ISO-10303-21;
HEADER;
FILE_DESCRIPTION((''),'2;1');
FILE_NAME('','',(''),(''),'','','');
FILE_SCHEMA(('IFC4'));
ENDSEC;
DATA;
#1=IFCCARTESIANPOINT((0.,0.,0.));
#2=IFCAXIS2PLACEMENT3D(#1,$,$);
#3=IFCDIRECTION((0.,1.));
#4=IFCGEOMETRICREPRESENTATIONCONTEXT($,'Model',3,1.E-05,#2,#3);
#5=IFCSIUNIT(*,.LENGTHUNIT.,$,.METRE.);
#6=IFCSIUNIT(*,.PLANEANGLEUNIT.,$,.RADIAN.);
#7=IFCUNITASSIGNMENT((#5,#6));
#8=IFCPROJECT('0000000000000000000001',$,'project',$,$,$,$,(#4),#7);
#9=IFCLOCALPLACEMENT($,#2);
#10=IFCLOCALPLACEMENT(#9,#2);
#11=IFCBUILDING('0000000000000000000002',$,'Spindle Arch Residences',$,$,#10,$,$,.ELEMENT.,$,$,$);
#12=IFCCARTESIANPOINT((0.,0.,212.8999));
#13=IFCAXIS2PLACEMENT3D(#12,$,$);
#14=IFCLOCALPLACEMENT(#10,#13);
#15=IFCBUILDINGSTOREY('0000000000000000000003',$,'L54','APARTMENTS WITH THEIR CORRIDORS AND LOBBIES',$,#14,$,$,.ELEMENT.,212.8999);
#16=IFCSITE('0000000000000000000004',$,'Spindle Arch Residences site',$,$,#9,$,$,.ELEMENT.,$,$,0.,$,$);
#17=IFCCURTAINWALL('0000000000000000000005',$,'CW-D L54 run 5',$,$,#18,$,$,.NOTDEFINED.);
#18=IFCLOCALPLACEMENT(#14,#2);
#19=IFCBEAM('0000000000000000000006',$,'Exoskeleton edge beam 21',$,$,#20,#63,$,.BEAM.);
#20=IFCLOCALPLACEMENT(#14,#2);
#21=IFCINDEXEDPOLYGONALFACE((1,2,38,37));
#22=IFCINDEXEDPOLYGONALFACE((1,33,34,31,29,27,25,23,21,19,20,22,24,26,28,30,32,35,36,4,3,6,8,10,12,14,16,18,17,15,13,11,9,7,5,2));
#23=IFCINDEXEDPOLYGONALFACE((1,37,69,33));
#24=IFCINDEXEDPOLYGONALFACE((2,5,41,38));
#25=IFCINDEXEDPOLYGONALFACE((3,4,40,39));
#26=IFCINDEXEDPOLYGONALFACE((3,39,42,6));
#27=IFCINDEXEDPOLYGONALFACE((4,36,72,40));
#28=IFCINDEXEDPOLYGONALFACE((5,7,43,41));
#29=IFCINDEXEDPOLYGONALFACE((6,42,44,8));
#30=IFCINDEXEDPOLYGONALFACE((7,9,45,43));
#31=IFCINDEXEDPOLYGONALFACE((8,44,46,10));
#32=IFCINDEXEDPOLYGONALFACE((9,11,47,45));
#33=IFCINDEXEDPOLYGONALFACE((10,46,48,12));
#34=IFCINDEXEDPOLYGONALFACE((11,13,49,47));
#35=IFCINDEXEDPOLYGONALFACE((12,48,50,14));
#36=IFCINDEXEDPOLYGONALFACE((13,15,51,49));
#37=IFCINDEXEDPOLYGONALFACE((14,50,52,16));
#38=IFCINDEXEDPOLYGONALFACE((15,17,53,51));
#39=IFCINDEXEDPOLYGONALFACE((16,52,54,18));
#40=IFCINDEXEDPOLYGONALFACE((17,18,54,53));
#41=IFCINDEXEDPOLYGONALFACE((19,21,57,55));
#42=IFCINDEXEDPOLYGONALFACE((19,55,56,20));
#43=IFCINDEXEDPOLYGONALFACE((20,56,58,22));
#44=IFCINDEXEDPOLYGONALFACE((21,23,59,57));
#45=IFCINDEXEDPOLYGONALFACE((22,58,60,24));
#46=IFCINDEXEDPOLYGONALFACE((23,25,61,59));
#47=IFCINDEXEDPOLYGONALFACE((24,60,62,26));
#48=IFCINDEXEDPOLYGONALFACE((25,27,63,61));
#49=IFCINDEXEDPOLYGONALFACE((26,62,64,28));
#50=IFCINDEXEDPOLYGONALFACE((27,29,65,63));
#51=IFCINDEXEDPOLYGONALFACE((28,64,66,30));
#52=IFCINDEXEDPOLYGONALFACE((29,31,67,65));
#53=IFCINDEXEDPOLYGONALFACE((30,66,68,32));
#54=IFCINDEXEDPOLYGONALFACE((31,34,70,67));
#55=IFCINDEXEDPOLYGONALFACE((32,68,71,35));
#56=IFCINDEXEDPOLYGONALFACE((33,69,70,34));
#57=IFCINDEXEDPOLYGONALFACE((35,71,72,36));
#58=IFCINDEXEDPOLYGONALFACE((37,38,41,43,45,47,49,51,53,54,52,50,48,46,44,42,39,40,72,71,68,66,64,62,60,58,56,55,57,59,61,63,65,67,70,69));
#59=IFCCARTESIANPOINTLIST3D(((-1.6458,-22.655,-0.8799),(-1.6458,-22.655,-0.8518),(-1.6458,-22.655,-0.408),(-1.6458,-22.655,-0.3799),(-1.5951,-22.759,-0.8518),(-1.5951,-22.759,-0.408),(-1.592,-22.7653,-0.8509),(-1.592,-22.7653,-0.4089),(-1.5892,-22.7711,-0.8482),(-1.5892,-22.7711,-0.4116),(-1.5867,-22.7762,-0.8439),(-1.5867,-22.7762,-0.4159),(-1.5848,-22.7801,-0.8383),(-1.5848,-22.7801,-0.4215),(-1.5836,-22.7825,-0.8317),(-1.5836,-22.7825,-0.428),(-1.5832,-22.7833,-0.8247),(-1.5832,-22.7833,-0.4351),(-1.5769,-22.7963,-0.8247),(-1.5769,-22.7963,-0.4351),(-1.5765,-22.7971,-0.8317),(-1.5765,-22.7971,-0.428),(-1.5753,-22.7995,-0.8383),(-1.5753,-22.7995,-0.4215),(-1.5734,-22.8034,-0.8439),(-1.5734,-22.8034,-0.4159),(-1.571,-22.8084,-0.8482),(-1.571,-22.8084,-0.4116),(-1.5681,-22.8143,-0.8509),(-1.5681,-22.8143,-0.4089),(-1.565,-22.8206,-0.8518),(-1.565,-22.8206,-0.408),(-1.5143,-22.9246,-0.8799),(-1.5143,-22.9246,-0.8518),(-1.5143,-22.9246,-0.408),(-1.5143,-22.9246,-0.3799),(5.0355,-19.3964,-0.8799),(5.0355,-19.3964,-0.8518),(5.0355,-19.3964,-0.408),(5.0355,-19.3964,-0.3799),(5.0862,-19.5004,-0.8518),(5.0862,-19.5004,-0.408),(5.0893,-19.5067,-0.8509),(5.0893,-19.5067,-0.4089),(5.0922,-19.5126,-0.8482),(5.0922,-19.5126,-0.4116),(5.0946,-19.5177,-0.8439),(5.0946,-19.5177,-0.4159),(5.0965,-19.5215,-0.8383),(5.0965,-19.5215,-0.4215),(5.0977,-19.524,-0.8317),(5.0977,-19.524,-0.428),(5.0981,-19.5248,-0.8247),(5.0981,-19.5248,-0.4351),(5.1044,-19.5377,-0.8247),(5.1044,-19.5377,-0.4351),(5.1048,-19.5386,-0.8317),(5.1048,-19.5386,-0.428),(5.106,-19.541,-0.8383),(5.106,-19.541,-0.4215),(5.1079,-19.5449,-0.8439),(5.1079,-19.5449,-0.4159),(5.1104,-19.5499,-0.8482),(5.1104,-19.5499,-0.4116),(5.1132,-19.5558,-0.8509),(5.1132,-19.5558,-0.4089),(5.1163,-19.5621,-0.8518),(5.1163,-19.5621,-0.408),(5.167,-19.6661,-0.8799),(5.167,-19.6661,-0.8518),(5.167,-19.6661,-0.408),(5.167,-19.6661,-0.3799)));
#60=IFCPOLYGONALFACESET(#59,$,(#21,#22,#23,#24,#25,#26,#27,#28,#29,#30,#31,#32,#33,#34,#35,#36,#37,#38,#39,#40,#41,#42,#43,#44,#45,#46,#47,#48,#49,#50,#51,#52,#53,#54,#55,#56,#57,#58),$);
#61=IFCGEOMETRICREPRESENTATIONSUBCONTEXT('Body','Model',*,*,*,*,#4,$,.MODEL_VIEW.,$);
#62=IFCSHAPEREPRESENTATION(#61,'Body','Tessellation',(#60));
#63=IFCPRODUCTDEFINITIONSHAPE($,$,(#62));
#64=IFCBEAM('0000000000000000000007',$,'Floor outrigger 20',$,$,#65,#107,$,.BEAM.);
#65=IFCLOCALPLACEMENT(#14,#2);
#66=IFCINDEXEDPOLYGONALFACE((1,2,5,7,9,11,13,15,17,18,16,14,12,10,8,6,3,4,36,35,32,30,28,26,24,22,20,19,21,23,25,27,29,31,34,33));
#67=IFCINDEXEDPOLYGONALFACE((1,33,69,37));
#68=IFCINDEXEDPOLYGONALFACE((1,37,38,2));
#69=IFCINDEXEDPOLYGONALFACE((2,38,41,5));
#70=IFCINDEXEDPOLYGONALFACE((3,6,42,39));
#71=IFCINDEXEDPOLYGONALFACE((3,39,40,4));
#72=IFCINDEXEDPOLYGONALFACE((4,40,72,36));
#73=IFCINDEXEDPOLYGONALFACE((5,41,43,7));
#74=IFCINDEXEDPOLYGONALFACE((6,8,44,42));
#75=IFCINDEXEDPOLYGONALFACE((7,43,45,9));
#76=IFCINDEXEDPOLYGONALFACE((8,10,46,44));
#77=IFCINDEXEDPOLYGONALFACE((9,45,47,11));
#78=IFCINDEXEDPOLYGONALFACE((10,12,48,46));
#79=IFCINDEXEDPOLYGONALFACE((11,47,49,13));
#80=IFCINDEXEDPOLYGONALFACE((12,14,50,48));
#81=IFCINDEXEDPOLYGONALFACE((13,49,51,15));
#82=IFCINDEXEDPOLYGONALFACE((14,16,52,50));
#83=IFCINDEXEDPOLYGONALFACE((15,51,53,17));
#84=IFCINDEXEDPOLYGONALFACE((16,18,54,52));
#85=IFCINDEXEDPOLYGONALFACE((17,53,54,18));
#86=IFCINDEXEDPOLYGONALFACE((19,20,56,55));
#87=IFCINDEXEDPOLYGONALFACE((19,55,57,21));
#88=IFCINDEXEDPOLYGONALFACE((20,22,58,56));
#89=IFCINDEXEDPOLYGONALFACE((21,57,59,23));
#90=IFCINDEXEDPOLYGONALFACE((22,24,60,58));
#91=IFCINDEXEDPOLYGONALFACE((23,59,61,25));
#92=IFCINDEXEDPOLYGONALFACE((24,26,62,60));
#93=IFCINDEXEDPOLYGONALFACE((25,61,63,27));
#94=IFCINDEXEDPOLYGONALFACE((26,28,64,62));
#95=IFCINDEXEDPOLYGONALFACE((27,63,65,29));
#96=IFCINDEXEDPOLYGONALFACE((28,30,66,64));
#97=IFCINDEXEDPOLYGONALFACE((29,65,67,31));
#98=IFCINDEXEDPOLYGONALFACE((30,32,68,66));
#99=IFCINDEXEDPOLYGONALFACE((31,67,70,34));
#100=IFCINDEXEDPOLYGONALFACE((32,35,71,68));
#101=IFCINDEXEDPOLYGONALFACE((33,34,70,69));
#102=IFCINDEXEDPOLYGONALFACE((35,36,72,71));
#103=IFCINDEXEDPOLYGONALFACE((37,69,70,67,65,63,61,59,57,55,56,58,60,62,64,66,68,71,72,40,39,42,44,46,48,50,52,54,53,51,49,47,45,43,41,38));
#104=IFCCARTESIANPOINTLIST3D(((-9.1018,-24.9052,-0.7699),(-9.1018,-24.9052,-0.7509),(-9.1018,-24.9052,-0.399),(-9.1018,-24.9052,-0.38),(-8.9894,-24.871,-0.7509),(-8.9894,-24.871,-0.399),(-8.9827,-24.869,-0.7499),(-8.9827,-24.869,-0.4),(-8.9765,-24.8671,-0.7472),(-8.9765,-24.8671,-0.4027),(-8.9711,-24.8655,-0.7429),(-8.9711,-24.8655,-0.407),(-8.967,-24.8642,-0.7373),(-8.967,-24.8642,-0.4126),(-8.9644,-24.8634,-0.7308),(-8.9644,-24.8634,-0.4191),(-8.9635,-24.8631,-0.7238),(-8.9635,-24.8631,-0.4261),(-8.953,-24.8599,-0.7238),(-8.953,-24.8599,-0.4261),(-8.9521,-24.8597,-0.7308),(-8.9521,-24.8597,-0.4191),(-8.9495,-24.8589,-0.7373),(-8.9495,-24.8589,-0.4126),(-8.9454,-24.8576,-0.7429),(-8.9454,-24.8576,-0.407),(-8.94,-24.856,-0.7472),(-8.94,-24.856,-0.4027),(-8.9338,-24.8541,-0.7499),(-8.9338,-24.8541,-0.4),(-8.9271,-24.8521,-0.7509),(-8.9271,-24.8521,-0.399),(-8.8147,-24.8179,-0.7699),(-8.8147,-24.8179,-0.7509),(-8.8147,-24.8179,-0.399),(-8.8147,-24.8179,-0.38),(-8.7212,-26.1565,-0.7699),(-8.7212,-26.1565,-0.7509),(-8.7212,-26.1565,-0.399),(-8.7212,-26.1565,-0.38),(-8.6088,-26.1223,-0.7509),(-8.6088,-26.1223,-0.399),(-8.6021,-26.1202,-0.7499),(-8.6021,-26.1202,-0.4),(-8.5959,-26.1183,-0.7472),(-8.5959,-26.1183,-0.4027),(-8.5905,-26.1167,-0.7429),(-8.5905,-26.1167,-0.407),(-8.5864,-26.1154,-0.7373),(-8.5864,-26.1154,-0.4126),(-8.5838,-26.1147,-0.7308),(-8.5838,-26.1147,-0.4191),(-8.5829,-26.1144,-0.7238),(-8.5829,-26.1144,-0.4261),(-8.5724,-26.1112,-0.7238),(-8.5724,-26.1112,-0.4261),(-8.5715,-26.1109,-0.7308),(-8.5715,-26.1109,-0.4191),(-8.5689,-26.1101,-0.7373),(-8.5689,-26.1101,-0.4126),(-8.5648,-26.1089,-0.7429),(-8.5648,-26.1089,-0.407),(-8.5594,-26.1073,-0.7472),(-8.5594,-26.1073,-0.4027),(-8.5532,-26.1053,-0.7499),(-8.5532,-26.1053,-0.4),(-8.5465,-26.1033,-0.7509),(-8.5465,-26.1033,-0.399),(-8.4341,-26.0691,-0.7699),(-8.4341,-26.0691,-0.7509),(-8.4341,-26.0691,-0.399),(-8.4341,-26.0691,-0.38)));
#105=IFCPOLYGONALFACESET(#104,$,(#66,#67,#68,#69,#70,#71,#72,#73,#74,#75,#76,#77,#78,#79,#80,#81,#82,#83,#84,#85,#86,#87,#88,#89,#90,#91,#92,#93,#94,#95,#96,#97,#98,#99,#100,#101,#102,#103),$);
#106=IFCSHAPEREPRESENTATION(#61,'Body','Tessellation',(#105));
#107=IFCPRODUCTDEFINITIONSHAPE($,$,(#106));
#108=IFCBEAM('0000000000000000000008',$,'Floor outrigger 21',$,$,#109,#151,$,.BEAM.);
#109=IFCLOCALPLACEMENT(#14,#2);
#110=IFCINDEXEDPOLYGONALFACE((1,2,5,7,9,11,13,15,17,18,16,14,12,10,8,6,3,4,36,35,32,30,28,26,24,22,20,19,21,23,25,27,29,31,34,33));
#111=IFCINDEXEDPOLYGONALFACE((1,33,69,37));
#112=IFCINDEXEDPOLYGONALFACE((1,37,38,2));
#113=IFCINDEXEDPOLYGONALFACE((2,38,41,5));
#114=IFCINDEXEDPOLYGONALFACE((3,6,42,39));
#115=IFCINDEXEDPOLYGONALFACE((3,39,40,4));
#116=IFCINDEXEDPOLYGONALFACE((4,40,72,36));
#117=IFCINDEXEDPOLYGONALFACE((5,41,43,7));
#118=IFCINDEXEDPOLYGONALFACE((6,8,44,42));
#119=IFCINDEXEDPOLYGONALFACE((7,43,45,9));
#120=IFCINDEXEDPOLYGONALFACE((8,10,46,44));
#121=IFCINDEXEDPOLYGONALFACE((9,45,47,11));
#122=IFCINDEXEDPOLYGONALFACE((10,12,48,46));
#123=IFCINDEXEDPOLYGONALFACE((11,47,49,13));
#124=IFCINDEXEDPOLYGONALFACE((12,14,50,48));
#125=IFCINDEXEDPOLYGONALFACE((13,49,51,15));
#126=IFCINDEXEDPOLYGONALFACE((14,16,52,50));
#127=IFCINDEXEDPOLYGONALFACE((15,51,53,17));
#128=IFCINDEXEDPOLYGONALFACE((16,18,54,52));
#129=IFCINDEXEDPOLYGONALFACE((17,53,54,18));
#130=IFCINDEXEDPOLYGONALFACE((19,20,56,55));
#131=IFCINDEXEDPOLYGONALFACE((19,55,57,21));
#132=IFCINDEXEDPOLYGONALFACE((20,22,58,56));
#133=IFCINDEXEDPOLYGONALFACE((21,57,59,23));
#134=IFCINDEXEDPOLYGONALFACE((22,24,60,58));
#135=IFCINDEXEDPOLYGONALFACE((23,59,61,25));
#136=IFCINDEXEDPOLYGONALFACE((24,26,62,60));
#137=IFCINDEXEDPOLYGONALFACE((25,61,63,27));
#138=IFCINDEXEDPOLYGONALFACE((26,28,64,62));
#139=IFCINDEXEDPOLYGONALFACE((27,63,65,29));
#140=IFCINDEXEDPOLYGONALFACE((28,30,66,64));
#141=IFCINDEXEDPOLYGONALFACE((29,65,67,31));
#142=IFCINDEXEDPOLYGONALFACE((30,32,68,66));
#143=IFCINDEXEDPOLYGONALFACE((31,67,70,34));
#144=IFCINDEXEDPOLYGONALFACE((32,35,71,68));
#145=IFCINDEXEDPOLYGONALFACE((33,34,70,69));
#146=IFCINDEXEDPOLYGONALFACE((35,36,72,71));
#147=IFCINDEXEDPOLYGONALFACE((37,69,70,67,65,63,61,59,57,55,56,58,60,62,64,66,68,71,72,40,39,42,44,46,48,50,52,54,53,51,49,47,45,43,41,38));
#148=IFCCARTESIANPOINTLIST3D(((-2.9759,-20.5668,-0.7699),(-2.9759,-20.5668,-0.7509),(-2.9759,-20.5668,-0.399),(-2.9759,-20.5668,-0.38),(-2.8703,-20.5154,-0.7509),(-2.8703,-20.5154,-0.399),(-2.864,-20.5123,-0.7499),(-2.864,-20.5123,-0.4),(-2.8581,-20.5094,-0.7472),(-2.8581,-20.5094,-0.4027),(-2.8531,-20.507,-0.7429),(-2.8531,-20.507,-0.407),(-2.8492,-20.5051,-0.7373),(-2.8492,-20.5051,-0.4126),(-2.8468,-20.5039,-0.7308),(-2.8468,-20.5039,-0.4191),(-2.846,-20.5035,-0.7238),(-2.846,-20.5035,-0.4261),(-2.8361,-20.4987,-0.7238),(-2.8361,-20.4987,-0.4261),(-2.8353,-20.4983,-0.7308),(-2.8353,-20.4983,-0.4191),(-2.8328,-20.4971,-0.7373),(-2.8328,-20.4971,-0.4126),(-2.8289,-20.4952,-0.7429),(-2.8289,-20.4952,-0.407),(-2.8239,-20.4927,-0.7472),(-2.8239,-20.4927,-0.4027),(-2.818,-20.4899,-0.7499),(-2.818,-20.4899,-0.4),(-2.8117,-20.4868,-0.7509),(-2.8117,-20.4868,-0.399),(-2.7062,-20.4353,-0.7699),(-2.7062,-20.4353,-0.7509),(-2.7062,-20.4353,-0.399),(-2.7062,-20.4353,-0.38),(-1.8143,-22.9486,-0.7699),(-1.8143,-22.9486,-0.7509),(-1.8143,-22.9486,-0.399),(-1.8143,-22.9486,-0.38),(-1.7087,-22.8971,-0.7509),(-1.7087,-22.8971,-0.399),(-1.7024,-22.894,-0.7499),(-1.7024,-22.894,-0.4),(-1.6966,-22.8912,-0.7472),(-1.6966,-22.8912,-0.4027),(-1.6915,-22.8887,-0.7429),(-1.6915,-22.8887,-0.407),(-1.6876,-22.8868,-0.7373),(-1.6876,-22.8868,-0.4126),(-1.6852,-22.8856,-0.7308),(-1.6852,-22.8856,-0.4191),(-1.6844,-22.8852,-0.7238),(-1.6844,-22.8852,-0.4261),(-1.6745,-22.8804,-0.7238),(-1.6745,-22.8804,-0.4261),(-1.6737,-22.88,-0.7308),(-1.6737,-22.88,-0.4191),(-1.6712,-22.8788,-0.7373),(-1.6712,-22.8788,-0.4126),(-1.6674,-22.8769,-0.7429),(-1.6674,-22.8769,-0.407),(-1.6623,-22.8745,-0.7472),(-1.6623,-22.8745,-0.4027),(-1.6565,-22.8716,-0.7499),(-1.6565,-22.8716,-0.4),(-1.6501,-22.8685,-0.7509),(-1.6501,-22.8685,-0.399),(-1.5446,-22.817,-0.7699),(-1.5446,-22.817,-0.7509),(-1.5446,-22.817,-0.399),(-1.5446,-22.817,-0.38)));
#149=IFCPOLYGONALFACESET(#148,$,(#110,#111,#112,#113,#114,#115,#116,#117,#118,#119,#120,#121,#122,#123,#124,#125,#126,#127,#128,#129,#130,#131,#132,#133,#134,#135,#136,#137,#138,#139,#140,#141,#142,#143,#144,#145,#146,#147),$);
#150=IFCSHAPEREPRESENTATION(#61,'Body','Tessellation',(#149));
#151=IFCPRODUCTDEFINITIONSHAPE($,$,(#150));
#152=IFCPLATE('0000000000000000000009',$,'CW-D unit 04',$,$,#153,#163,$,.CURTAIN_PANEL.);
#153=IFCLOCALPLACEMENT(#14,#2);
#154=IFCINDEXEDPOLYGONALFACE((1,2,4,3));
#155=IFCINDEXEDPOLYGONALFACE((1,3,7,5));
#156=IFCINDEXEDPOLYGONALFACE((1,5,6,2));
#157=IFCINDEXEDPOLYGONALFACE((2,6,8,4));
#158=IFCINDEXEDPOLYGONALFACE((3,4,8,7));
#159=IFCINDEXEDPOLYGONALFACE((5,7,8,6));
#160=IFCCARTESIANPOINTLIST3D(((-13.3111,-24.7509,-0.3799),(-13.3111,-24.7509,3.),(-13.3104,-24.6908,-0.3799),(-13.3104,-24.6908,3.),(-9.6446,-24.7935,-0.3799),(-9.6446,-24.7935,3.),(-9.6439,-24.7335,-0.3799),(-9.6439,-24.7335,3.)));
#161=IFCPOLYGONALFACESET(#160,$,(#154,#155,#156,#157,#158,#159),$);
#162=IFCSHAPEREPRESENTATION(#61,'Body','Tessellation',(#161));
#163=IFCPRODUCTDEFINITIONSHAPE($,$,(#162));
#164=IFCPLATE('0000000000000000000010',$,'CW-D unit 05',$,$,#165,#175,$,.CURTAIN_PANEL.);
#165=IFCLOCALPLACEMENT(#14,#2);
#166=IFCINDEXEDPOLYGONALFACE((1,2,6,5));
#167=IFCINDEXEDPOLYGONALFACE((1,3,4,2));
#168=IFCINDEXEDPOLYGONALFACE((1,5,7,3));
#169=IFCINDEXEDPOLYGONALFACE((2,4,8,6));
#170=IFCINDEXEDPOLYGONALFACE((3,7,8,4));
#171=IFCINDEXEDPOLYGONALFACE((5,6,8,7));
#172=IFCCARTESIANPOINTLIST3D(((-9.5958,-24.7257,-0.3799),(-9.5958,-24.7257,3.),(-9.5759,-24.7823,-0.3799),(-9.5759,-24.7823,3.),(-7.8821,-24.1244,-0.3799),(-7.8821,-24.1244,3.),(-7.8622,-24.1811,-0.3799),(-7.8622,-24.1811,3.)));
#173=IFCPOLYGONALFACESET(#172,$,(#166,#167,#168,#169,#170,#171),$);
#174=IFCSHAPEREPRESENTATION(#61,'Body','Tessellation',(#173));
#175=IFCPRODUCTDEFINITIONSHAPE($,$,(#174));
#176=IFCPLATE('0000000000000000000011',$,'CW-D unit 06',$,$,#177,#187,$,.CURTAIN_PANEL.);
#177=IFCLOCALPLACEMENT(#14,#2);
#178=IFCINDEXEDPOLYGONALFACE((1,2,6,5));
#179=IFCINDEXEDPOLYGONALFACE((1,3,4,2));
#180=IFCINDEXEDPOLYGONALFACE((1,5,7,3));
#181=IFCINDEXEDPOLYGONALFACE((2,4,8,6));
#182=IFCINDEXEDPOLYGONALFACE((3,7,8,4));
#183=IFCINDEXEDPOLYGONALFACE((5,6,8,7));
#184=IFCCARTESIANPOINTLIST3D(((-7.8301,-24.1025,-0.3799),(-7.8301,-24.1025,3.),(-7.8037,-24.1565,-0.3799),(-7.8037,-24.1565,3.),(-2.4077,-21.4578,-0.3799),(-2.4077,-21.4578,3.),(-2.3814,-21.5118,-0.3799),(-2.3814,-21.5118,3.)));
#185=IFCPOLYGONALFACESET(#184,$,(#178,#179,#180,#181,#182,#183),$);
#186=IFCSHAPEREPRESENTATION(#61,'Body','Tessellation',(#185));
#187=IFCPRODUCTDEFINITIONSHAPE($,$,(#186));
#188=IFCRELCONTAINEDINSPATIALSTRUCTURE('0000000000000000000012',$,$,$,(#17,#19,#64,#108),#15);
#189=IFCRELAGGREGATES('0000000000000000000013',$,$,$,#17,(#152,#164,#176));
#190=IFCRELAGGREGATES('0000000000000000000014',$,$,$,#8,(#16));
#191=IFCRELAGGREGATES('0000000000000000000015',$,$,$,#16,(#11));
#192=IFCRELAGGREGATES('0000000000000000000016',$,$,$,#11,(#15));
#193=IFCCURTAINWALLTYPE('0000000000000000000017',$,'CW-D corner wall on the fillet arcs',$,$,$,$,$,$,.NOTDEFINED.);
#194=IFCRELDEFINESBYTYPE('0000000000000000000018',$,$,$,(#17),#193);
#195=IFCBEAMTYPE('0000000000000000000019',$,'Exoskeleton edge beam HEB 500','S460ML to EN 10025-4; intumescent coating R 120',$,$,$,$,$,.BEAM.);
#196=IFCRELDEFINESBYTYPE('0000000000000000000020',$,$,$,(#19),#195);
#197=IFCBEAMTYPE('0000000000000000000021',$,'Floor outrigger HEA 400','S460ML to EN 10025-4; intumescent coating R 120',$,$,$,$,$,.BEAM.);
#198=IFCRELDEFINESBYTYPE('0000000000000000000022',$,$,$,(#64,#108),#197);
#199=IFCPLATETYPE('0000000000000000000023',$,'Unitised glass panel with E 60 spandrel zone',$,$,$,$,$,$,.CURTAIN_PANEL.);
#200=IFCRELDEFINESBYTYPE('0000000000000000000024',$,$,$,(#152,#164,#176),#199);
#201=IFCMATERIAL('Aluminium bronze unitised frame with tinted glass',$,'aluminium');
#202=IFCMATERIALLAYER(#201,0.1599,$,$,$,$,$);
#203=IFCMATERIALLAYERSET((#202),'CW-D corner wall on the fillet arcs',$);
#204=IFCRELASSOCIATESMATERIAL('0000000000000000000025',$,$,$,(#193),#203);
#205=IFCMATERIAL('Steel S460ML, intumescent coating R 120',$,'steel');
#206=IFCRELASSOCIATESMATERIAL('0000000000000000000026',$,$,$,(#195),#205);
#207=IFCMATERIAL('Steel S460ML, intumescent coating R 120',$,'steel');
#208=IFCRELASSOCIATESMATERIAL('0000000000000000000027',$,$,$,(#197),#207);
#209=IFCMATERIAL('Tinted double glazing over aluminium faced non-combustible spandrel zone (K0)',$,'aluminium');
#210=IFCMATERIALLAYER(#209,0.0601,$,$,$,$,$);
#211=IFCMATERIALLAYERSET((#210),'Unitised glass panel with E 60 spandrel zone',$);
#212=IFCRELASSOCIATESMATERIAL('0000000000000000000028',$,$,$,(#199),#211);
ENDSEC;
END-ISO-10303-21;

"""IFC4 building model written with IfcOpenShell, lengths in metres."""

from ifc_helpers import new_model, si_unit, direction, frame, origin, origin_2d, place, context, subcontext, project, spatial, rectangle, i_section, extrude, material, layer, layer_set, material_profile, profile_set, type_object, element, aggregate, save


model = new_model("IFC4")

# Units and contexts
model_context = context("Model", 3, precision=1e-05, world=origin(), true_north=direction((0.0, 1.0)))
body_context = subcontext(model_context, "Body", "Model", "MODEL_VIEW")
ifc_project = project(units=[si_unit("LENGTHUNIT", "METRE"), si_unit("PLANEANGLEUNIT", "RADIAN")], contexts=[model_context])

# Site, building, storey
site_placement = place(None, origin())
site = spatial("IfcSite", under=ifc_project, at=site_placement, Name="Spindle Arch Residences site", CompositionType="ELEMENT", RefElevation=0.0)
building_placement = place(site_placement, origin())
building = spatial("IfcBuilding", under=site, at=building_placement, Name="Spindle Arch Residences", CompositionType="ELEMENT")
storey_placement = place(building_placement, frame((0.0, 0.0, 212.8999)))
storey = spatial("IfcBuildingStorey", under=building, at=storey_placement, Name="L54", Description="APARTMENTS WITH THEIR CORRIDORS AND LOBBIES", CompositionType="ELEMENT", Elevation=212.8999)

# Curtain wall
ifc_material_1 = material(Name="Aluminium bronze unitised frame with tinted glass", Category="aluminium")
ifc_layer_1 = layer(ifc_material_1, 0.1599)
ifc_layer_set_1 = layer_set([ifc_layer_1], Name="CW-D corner wall on the fillet arcs")
curtain_wall_type_1 = type_object("IfcCurtainWallType", Name="CW-D corner wall on the fillet arcs", PredefinedType="NOTDEFINED", material=ifc_layer_set_1)
curtain_wall_1_placement = place(storey_placement, origin())
curtain_wall_1 = element("IfcCurtainWall", 1, at=curtain_wall_1_placement, inside=storey, type_object=curtain_wall_type_1, Name="CW-D L54 run 5", PredefinedType="NOTDEFINED")

# Beams
ifc_material_2 = material(Name="Steel S460ML, intumescent coating R 120", Category="steel")
ifc_material_profile_1 = material_profile(ifc_material_2, i_section(OverallWidth=0.3, OverallDepth=0.5, WebThickness=0.0144, FlangeThickness=0.0281, FilletRadius=0.0271, at=origin_2d()), Name="HEB 500")
ifc_profile_set_1 = profile_set([ifc_material_profile_1], Name="Steel S460ML, intumescent coating R 120")
beam_type_1 = type_object("IfcBeamType", Name="Exoskeleton edge beam HEB 500", Description="S460ML to EN 10025-4; intumescent coating R 120", PredefinedType="BEAM", material=ifc_profile_set_1)
beam_1_placement = place(storey_placement, frame((-1.5801, -22.7898, -0.6299), z_axis=(0.898804, 0.438351, 0.0), x_axis=(-0.438351, 0.898804, 0.0)))
element("IfcBeam", 2, at=beam_1_placement, inside=storey, type_object=beam_type_1, Name="Exoskeleton edge beam 21", PredefinedType="BEAM", context=body_context, shape_type="SweptSolid", body=[
    extrude(i_section(OverallWidth=0.3, OverallDepth=0.5, WebThickness=0.0144, FlangeThickness=0.0281, FilletRadius=0.0271, at=origin_2d()), origin(), (0.0, 0.0, 1.0), 7.4336),
])
ifc_material_3 = material(Name="Steel S460ML, intumescent coating R 120", Category="steel")
ifc_material_profile_2 = material_profile(ifc_material_3, i_section(OverallWidth=0.3, OverallDepth=0.3899, WebThickness=0.011, FlangeThickness=0.019, FilletRadius=0.0271, at=origin_2d()), Name="HEA 400")
ifc_profile_set_2 = profile_set([ifc_material_profile_2], Name="Steel S460ML, intumescent coating R 120")
beam_type_2 = type_object("IfcBeamType", Name="Floor outrigger HEA 400", Description="S460ML to EN 10025-4; intumescent coating R 120", PredefinedType="BEAM", material=ifc_profile_set_2)
beam_2_placement = place(storey_placement, frame((-8.5776, -26.1128, -0.575), z_axis=(-0.291028, 0.956715, 0.0), x_axis=(-0.956715, -0.291028, 0.0)))
element("IfcBeam", 3, at=beam_2_placement, inside=storey, type_object=beam_type_2, Name="Floor outrigger 20", PredefinedType="BEAM", context=body_context, shape_type="SweptSolid", body=[
    extrude(i_section(OverallWidth=0.3, OverallDepth=0.3899, WebThickness=0.011, FlangeThickness=0.019, FilletRadius=0.0271, at=origin_2d()), origin(), (0.0, 0.0, 1.0), 1.3079),
])
beam_3_placement = place(storey_placement, frame((-1.6794, -22.8828, -0.575), z_axis=(-0.438347, 0.898806, 0.0), x_axis=(-0.898806, -0.438347, 0.0)))
element("IfcBeam", 4, at=beam_3_placement, inside=storey, type_object=beam_type_2, Name="Floor outrigger 21", PredefinedType="BEAM", context=body_context, shape_type="SweptSolid", body=[
    extrude(i_section(OverallWidth=0.3, OverallDepth=0.3899, WebThickness=0.011, FlangeThickness=0.019, FilletRadius=0.0271, at=origin_2d()), origin(), (0.0, 0.0, 1.0), 2.6499),
])

# Plates
ifc_material_4 = material(Name="Tinted double glazing over aluminium faced non-combustible spandrel zone (K0)", Category="aluminium")
ifc_layer_2 = layer(ifc_material_4, 0.0601)
ifc_layer_set_2 = layer_set([ifc_layer_2], Name="Unitised glass panel with E 60 spandrel zone")
plate_type = type_object("IfcPlateType", Name="Unitised glass panel with E 60 spandrel zone", PredefinedType="CURTAIN_PANEL", material=ifc_layer_set_2)
plate_1_placement = place(storey_placement, frame((-11.4775, -24.7422, -0.3799), z_axis=(0.0, 0.0, 1.0), x_axis=(0.999932, -0.011635, 0.0)))
plate_1 = element("IfcPlate", 5, at=plate_1_placement, type_object=plate_type, Name="CW-D unit 04", PredefinedType="CURTAIN_PANEL", context=body_context, shape_type="SweptSolid", body=[
    extrude(rectangle(XDim=3.6667, YDim=0.0601, at=origin_2d()), origin(), (0.0, 0.0, 1.0), 3.3799),
])
plate_2_placement = place(storey_placement, frame((-8.729, -24.4534, -0.3799), z_axis=(0.0, 0.0, 1.0), x_axis=(0.943609, 0.331063, 0.0)))
plate_2 = element("IfcPlate", 6, at=plate_2_placement, type_object=plate_type, Name="CW-D unit 05", PredefinedType="CURTAIN_PANEL", context=body_context, shape_type="SweptSolid", body=[
    extrude(rectangle(XDim=1.8162, YDim=0.0601, at=origin_2d()), origin(), (0.0, 0.0, 1.0), 3.3799),
])
plate_3_placement = place(storey_placement, frame((-5.1057, -22.8071, -0.3799), z_axis=(0.0, 0.0, 1.0), x_axis=(0.898794, 0.438371, 0.0)))
plate_3 = element("IfcPlate", 7, at=plate_3_placement, type_object=plate_type, Name="CW-D unit 06", PredefinedType="CURTAIN_PANEL", context=body_context, shape_type="SweptSolid", body=[
    extrude(rectangle(XDim=6.033, YDim=0.0601, at=origin_2d()), origin(), (0.0, 0.0, 1.0), 3.3799),
])
aggregate(curtain_wall_1, [plate_1, plate_2, plate_3])

save(model, "model.ifc")
